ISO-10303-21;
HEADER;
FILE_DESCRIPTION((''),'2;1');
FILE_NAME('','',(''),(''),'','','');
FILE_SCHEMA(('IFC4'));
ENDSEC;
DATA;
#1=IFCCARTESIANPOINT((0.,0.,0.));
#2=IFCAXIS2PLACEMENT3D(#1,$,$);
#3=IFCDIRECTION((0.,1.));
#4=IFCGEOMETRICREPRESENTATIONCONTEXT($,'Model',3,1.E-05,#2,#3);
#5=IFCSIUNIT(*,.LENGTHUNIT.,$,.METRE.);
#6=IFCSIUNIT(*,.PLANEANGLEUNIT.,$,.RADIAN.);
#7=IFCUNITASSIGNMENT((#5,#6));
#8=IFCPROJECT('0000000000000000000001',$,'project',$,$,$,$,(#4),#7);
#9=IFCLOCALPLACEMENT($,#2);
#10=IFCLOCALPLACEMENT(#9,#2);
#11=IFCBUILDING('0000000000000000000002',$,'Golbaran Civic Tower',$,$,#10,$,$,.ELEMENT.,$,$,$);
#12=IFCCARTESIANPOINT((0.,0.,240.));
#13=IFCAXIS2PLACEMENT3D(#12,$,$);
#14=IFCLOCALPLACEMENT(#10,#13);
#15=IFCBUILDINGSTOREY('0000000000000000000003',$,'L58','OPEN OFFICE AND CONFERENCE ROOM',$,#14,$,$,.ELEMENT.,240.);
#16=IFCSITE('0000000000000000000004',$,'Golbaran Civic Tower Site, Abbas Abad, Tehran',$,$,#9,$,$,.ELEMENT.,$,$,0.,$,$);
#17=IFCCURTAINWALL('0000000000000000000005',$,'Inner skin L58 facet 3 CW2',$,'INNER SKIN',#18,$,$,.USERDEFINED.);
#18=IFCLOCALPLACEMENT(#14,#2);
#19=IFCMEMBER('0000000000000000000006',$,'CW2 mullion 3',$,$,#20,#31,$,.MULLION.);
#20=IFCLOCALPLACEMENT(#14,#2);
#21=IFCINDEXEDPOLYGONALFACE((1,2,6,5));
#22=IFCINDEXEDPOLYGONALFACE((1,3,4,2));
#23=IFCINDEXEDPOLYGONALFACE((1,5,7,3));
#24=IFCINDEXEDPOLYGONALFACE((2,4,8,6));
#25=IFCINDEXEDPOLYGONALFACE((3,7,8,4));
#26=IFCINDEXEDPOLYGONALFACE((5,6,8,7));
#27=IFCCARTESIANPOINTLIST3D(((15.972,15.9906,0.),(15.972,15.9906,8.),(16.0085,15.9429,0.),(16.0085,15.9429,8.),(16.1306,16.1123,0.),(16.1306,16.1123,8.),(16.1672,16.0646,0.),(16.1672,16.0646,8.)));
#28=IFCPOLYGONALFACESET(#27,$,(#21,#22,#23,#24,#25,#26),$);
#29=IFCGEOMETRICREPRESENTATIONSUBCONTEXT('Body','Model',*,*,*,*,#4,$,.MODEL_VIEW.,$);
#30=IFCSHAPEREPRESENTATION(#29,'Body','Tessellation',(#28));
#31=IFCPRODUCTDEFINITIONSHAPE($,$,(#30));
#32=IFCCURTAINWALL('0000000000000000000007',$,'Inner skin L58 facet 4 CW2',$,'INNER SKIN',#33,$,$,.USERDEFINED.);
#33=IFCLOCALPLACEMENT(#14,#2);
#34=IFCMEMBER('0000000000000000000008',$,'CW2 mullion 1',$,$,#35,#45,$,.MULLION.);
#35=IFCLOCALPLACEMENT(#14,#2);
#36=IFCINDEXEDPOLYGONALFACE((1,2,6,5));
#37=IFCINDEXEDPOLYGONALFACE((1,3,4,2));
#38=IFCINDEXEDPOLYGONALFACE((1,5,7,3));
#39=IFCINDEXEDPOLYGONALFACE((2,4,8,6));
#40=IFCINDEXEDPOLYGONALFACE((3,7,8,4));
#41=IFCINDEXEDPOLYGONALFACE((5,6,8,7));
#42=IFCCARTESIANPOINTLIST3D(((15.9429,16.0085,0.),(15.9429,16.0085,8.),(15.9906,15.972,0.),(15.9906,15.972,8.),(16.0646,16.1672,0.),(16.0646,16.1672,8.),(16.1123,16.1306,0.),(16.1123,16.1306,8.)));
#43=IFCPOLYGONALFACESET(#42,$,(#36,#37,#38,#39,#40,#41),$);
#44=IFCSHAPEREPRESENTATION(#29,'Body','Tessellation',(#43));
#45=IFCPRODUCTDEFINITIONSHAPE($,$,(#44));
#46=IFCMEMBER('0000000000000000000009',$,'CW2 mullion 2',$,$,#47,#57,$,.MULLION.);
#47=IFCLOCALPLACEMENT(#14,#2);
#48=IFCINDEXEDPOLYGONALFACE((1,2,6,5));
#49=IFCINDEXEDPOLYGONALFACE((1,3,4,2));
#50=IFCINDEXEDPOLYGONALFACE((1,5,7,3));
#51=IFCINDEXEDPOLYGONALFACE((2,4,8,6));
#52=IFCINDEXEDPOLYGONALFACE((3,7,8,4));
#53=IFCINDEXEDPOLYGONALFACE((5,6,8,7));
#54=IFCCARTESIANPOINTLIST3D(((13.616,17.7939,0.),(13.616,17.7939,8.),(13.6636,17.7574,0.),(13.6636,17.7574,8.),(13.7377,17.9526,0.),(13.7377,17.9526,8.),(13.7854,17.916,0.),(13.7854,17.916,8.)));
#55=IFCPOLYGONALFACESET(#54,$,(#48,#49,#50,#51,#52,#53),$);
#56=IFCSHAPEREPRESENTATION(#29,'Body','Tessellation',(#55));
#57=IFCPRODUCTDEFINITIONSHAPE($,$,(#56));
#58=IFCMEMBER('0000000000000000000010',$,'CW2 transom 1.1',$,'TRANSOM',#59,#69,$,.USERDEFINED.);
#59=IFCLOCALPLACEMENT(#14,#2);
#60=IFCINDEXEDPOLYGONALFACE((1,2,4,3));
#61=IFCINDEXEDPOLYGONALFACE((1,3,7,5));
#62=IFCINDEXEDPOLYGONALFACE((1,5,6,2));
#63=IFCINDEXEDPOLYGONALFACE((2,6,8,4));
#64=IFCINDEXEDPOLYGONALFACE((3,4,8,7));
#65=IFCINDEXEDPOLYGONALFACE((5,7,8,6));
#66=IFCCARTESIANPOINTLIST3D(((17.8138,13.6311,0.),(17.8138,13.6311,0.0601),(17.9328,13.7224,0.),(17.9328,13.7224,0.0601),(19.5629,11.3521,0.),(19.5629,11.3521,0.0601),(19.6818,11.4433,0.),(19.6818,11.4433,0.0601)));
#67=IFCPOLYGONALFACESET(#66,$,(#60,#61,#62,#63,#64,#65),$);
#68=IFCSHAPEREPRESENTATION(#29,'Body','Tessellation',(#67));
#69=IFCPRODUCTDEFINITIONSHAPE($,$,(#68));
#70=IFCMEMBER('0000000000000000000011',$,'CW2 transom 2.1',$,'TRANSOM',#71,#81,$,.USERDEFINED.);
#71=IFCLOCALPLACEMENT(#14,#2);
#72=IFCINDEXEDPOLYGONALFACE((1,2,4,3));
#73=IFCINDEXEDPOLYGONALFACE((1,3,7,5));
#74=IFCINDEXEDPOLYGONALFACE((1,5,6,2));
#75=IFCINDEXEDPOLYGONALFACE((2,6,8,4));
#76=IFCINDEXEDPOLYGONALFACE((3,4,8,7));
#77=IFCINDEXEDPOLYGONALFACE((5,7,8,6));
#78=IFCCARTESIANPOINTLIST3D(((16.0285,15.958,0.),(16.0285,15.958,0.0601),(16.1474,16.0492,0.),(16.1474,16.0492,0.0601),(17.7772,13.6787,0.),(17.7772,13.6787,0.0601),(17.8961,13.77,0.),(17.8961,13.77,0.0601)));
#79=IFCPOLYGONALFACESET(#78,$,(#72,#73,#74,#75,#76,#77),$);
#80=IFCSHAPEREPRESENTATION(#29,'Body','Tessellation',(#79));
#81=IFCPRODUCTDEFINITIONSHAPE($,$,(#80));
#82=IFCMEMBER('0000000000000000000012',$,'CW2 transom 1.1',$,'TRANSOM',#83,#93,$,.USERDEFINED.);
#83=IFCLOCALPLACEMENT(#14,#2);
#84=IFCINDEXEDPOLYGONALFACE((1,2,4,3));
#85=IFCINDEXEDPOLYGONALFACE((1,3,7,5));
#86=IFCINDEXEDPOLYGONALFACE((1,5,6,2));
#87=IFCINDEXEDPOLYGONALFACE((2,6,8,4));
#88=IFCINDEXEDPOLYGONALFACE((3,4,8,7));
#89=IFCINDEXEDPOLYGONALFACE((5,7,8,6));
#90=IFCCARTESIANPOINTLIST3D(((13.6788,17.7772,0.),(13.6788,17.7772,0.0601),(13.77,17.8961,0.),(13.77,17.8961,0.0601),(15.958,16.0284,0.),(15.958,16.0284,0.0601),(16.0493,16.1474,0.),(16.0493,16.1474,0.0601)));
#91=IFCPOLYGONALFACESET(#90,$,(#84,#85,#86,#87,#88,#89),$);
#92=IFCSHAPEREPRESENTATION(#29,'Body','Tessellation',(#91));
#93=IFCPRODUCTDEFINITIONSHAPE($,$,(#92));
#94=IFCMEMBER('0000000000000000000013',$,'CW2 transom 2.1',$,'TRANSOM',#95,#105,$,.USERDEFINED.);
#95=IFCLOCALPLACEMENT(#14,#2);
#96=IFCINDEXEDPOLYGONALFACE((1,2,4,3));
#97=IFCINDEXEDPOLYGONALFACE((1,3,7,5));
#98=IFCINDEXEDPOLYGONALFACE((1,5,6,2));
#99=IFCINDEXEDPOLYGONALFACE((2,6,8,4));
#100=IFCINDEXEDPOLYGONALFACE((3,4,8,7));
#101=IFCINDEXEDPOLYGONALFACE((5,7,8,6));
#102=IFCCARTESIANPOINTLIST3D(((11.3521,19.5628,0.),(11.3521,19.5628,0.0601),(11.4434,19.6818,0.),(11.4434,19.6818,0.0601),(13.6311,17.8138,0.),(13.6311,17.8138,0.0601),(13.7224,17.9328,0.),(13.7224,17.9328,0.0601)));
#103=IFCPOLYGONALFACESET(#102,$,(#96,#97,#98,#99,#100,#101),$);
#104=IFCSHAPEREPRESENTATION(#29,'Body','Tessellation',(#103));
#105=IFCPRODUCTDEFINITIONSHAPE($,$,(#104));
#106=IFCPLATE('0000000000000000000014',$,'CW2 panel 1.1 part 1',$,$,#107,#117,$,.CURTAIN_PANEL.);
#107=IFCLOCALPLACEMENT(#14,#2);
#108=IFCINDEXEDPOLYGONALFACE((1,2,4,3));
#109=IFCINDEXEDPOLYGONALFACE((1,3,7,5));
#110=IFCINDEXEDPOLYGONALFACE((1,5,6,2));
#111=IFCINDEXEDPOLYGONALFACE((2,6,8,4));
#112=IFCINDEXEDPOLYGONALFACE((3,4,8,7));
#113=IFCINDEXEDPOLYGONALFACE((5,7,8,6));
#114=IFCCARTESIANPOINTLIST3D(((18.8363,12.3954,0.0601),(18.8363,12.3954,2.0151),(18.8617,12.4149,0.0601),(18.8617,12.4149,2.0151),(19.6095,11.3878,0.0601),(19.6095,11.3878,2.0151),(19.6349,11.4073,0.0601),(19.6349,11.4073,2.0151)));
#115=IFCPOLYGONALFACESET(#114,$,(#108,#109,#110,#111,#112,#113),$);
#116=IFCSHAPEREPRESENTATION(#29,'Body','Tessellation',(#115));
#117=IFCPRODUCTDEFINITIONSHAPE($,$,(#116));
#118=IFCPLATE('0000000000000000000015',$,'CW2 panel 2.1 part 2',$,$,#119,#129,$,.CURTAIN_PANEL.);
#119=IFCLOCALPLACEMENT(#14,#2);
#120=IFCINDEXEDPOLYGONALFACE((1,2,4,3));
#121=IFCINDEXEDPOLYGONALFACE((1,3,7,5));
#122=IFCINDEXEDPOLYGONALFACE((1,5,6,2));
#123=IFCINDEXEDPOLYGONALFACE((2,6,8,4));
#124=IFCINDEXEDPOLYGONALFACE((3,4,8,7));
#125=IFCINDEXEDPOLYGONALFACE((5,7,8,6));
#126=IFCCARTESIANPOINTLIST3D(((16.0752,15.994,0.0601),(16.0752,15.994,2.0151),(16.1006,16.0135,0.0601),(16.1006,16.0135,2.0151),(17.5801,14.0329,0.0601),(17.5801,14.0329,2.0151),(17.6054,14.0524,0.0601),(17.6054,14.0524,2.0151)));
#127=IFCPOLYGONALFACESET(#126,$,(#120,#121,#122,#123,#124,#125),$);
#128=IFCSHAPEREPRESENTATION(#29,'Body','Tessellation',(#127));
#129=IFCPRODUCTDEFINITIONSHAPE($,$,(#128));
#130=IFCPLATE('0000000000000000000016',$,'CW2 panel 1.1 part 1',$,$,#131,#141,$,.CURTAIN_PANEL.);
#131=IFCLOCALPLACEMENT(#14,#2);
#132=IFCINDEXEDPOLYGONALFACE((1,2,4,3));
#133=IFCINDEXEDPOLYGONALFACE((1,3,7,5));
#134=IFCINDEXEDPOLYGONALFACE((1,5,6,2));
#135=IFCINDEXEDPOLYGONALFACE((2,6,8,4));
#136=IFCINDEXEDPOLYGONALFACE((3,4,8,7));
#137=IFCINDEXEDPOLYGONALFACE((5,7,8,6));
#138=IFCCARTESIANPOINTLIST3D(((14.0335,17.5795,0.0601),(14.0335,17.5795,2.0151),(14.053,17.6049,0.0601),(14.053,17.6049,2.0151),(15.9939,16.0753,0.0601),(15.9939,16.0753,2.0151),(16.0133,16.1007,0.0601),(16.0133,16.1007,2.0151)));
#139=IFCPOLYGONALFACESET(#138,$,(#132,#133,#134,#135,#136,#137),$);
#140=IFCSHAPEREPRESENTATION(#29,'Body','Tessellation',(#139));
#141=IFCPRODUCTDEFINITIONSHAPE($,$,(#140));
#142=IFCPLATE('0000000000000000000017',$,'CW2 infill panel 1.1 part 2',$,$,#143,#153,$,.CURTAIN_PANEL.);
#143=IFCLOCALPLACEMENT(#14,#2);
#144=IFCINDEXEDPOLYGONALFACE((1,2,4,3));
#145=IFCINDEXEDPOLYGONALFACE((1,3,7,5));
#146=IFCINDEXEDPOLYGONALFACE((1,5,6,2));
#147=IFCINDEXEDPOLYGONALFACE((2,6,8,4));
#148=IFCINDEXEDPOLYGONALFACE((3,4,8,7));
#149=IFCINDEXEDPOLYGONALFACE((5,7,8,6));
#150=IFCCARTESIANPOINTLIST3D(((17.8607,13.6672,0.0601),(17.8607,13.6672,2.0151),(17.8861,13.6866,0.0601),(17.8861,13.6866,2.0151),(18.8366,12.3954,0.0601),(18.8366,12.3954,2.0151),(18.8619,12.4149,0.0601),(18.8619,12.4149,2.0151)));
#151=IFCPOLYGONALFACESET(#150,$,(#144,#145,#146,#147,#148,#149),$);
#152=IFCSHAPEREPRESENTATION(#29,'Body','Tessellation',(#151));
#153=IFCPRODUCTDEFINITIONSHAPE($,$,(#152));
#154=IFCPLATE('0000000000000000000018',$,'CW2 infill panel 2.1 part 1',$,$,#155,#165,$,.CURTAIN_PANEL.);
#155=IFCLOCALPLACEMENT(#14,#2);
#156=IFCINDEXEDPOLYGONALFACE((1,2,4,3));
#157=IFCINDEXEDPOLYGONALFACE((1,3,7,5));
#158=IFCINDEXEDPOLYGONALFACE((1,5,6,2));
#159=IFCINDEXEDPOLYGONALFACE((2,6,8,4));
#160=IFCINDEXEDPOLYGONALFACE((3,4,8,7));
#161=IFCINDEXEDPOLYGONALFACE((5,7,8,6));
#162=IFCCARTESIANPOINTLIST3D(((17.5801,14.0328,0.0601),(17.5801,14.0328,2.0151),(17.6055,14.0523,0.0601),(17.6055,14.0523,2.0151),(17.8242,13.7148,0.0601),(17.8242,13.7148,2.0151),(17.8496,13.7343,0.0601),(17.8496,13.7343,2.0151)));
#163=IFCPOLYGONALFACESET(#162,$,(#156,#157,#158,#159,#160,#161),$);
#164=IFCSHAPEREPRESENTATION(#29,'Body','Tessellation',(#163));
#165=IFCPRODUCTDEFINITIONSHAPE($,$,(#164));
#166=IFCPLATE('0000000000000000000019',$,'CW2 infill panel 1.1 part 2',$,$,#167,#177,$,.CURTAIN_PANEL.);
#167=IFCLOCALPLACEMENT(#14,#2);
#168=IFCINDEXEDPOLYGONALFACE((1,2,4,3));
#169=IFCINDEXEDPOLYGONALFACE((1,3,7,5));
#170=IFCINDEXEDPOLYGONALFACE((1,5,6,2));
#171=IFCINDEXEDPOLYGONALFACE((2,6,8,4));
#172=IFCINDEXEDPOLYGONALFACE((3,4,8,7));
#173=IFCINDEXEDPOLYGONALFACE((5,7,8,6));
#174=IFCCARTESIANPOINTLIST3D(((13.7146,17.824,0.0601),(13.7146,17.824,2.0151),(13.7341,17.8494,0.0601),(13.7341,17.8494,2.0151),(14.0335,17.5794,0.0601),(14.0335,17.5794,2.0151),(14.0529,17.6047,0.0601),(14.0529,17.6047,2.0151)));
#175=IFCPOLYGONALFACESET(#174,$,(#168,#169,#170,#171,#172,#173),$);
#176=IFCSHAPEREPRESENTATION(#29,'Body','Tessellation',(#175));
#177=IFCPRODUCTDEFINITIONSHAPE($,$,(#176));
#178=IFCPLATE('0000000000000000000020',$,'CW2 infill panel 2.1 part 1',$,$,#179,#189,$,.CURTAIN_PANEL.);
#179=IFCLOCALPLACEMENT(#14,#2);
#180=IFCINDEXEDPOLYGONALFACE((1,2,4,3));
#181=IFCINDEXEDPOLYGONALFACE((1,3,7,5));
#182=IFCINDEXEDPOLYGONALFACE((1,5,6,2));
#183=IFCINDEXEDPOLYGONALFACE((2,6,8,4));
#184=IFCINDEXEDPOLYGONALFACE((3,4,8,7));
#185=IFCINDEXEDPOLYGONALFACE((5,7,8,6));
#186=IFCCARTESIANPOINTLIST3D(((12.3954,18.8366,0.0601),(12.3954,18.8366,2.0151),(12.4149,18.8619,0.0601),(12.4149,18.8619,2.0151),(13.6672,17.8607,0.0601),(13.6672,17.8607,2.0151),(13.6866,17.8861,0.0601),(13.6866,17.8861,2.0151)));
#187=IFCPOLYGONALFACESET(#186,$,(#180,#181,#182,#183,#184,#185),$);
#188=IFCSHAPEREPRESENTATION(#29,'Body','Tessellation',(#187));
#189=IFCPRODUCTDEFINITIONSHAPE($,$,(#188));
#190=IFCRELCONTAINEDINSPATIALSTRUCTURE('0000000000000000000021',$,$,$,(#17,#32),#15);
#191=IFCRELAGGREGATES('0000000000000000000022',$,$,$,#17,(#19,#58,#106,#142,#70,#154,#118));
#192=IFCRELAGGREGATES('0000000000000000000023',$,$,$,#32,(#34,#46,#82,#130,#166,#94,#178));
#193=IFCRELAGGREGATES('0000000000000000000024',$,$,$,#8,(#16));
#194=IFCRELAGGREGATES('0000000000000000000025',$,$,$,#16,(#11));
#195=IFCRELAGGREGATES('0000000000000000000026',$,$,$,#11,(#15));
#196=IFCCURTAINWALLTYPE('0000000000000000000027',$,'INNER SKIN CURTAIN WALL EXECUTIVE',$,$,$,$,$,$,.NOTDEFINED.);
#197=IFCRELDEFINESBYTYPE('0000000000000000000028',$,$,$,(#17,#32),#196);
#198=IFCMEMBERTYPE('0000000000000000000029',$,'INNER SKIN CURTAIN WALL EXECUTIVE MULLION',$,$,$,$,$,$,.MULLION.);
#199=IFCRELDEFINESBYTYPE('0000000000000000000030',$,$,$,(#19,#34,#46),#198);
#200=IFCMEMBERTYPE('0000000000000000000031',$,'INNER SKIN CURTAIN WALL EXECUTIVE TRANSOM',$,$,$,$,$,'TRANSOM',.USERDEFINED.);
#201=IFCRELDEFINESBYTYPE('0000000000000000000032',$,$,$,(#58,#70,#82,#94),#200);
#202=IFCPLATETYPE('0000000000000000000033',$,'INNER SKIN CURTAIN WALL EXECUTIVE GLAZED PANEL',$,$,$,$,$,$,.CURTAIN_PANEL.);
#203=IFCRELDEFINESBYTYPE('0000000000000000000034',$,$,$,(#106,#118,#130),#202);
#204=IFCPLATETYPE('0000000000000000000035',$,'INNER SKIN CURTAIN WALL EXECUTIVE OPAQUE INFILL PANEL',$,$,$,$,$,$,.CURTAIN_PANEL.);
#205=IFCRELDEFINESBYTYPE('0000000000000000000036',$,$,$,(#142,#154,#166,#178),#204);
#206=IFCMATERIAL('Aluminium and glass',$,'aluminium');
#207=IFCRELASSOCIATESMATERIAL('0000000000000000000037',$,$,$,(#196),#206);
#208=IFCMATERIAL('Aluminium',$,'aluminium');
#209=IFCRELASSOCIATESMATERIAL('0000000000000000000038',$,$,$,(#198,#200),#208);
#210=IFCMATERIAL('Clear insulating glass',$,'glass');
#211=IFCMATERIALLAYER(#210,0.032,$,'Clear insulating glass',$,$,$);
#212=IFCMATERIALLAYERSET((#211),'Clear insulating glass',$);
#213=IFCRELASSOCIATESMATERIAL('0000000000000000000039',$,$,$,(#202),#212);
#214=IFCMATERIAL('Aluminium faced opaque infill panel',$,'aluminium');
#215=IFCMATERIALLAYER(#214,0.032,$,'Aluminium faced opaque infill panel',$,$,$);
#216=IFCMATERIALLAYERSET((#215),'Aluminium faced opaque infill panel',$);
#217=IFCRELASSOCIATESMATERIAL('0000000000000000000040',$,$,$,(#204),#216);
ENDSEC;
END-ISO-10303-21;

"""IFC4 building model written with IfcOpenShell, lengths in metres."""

from ifc_helpers import new_model, si_unit, direction, frame, origin, origin_2d, place, context, subcontext, project, spatial, rectangle, extrude, material, layer, layer_set, material_profile, profile_set, type_object, element, aggregate, save


model = new_model("IFC4")

# Units and contexts
model_context = context("Model", 3, precision=1e-05, world=origin(), true_north=direction((0.0, 1.0)))
body_context = subcontext(model_context, "Body", "Model", "MODEL_VIEW")
ifc_project = project(units=[si_unit("LENGTHUNIT", "METRE"), si_unit("PLANEANGLEUNIT", "RADIAN")], contexts=[model_context])

# Site, building, storey
site_placement = place(None, origin())
site = spatial("IfcSite", under=ifc_project, at=site_placement, Name="Golbaran Civic Tower Site, Abbas Abad, Tehran", CompositionType="ELEMENT", RefElevation=0.0)
building_placement = place(site_placement, origin())
building = spatial("IfcBuilding", under=site, at=building_placement, Name="Golbaran Civic Tower", CompositionType="ELEMENT")
storey_placement = place(building_placement, frame((0.0, 0.0, 240.0)))
storey = spatial("IfcBuildingStorey", under=building, at=storey_placement, Name="L58", Description="OPEN OFFICE AND CONFERENCE ROOM", CompositionType="ELEMENT", Elevation=240.0)

# Shared definitions
ifc_material_1 = material(Name="Aluminium and glass", Category="aluminium")
curtain_wall_type = type_object("IfcCurtainWallType", Name="INNER SKIN CURTAIN WALL EXECUTIVE", PredefinedType="NOTDEFINED", material=ifc_material_1)
ifc_material_2 = material(Name="Aluminium", Category="aluminium")
ifc_material_profile_1 = material_profile(ifc_material_2, rectangle(XDim=0.2, YDim=0.0601, at=origin_2d()), Name="INNER SKIN CURTAIN WALL EXECUTIVE MULLION")
ifc_profile_set_1 = profile_set([ifc_material_profile_1], Name="Aluminium")
member_type_1 = type_object("IfcMemberType", Name="INNER SKIN CURTAIN WALL EXECUTIVE MULLION", PredefinedType="MULLION", material=ifc_profile_set_1)

# Curtain walls, members
curtain_wall_1_placement = place(storey_placement, origin())
curtain_wall_1 = element("IfcCurtainWall", 1, at=curtain_wall_1_placement, inside=storey, type_object=curtain_wall_type, Name="Inner skin L58 facet 3 CW2", ObjectType="INNER SKIN", PredefinedType="USERDEFINED")
member_1_placement = place(storey_placement, frame((16.0696, 16.0276, 0.0), z_axis=(0.0, 0.0, 1.0), x_axis=(-0.793353, -0.608761, 0.0)))
member_1 = element("IfcMember", 2, at=member_1_placement, type_object=member_type_1, Name="CW2 mullion 3", PredefinedType="MULLION", context=body_context, shape_type="SweptSolid", body=[
    extrude(rectangle(XDim=0.2, YDim=0.0601, at=origin_2d()), origin(), (0.0, 0.0, 1.0), 8.0),
])
curtain_wall_2_placement = place(storey_placement, origin())
curtain_wall_2 = element("IfcCurtainWall", 3, at=curtain_wall_2_placement, inside=storey, type_object=curtain_wall_type, Name="Inner skin L58 facet 4 CW2", ObjectType="INNER SKIN", PredefinedType="USERDEFINED")
member_2_placement = place(storey_placement, frame((16.0276, 16.0696, 0.0), z_axis=(0.0, 0.0, 1.0), x_axis=(-0.608761, -0.793353, 0.0)))
member_2 = element("IfcMember", 4, at=member_2_placement, type_object=member_type_1, Name="CW2 mullion 1", PredefinedType="MULLION", context=body_context, shape_type="SweptSolid", body=[
    extrude(rectangle(XDim=0.2, YDim=0.0601, at=origin_2d()), origin(), (0.0, 0.0, 1.0), 8.0),
])
member_3_placement = place(storey_placement, frame((13.7007, 17.855, 0.0), z_axis=(0.0, 0.0, 1.0), x_axis=(-0.608761, -0.793353, 0.0)))
member_3 = element("IfcMember", 5, at=member_3_placement, type_object=member_type_1, Name="CW2 mullion 2", PredefinedType="MULLION", context=body_context, shape_type="SweptSolid", body=[
    extrude(rectangle(XDim=0.2, YDim=0.0601, at=origin_2d()), origin(), (0.0, 0.0, 1.0), 8.0),
])

# Members
ifc_material_profile_2 = material_profile(ifc_material_2, rectangle(XDim=0.1499, YDim=0.0601, at=origin_2d()), Name="INNER SKIN CURTAIN WALL EXECUTIVE TRANSOM")
ifc_profile_set_2 = profile_set([ifc_material_profile_2], Name="Aluminium")
member_type_2 = type_object("IfcMemberType", Name="INNER SKIN CURTAIN WALL EXECUTIVE TRANSOM", ElementType="TRANSOM", PredefinedType="USERDEFINED", material=ifc_profile_set_2)
member_4_placement = place(storey_placement, frame((19.6223, 11.3977, 0.03), z_axis=(-0.608815, 0.793312, 0.0), x_axis=(-0.793312, -0.608815, 0.0)))
member_4 = element("IfcMember", 6, at=member_4_placement, type_object=member_type_2, Name="CW2 transom 1.1", ObjectType="TRANSOM", PredefinedType="USERDEFINED", context=body_context, shape_type="SweptSolid", body=[
    extrude(rectangle(XDim=0.1499, YDim=0.0601, at=origin_2d()), origin(), (0.0, 0.0, 1.0), 2.8728),
])
member_5_placement = place(storey_placement, frame((17.8367, 13.7244, 0.03), z_axis=(-0.608721, 0.793385, 0.0), x_axis=(-0.793385, -0.608721, 0.0)))
member_5 = element("IfcMember", 7, at=member_5_placement, type_object=member_type_2, Name="CW2 transom 2.1", ObjectType="TRANSOM", PredefinedType="USERDEFINED", context=body_context, shape_type="SweptSolid", body=[
    extrude(rectangle(XDim=0.1499, YDim=0.0601, at=origin_2d()), origin(), (0.0, 0.0, 1.0), 2.8728),
])
member_6_placement = place(storey_placement, frame((16.0037, 16.0879, 0.03), z_axis=(-0.793385, 0.608721, 0.0), x_axis=(-0.608721, -0.793385, 0.0)))
member_6 = element("IfcMember", 8, at=member_6_placement, type_object=member_type_2, Name="CW2 transom 1.1", ObjectType="TRANSOM", PredefinedType="USERDEFINED", context=body_context, shape_type="SweptSolid", body=[
    extrude(rectangle(XDim=0.1499, YDim=0.0601, at=origin_2d()), origin(), (0.0, 0.0, 1.0), 2.8728),
])
member_7_placement = place(storey_placement, frame((13.6768, 17.8733, 0.03), z_axis=(-0.793312, 0.608815, 0.0), x_axis=(-0.608815, -0.793312, 0.0)))
member_7 = element("IfcMember", 9, at=member_7_placement, type_object=member_type_2, Name="CW2 transom 2.1", ObjectType="TRANSOM", PredefinedType="USERDEFINED", context=body_context, shape_type="SweptSolid", body=[
    extrude(rectangle(XDim=0.1499, YDim=0.0601, at=origin_2d()), origin(), (0.0, 0.0, 1.0), 2.8728),
])

# Plates
ifc_material_3 = material(Name="Clear insulating glass", Category="glass")
ifc_layer_1 = layer(ifc_material_3, 0.032, Name="Clear insulating glass")
ifc_layer_set_1 = layer_set([ifc_layer_1], Name="Clear insulating glass")
plate_type_1 = type_object("IfcPlateType", Name="INNER SKIN CURTAIN WALL EXECUTIVE GLAZED PANEL", PredefinedType="CURTAIN_PANEL", material=ifc_layer_set_1)
plate_1_placement = place(storey_placement, frame((19.2356, 11.9014, 0.0601), z_axis=(0.0, 0.0, 1.0), x_axis=(-0.608761, 0.793353, 0.0)))
plate_1 = element("IfcPlate", 10, at=plate_1_placement, type_object=plate_type_1, Name="CW2 panel 1.1 part 1", PredefinedType="CURTAIN_PANEL", context=body_context, shape_type="SweptSolid", body=[
    extrude(rectangle(XDim=1.27, YDim=0.032, at=origin_2d()), origin(), (0.0, 0.0, 1.0), 1.9551),
])
plate_2_placement = place(storey_placement, frame((16.8403, 15.0232, 0.0601), z_axis=(0.0, 0.0, 1.0), x_axis=(-0.608761, 0.793353, 0.0)))
plate_2 = element("IfcPlate", 11, at=plate_2_placement, type_object=plate_type_1, Name="CW2 panel 2.1 part 2", PredefinedType="CURTAIN_PANEL", context=body_context, shape_type="SweptSolid", body=[
    extrude(rectangle(XDim=2.4719, YDim=0.032, at=origin_2d()), origin(), (0.0, 0.0, 1.0), 1.9551),
])
plate_3_placement = place(storey_placement, frame((15.0234, 16.8401, 0.0601), z_axis=(0.0, 0.0, 1.0), x_axis=(-0.793353, 0.608761, 0.0)))
plate_3 = element("IfcPlate", 12, at=plate_3_placement, type_object=plate_type_1, Name="CW2 panel 1.1 part 1", PredefinedType="CURTAIN_PANEL", context=body_context, shape_type="SweptSolid", body=[
    extrude(rectangle(XDim=2.4709, YDim=0.032, at=origin_2d()), origin(), (0.0, 0.0, 1.0), 1.9551),
])
ifc_material_4 = material(Name="Aluminium faced opaque infill panel", Category="aluminium")
ifc_layer_2 = layer(ifc_material_4, 0.032, Name="Aluminium faced opaque infill panel")
ifc_layer_set_2 = layer_set([ifc_layer_2], Name="Aluminium faced opaque infill panel")
plate_type_2 = type_object("IfcPlateType", Name="INNER SKIN CURTAIN WALL EXECUTIVE OPAQUE INFILL PANEL", PredefinedType="CURTAIN_PANEL", material=ifc_layer_set_2)
plate_4_placement = place(storey_placement, frame((18.3613, 13.041, 0.0601), z_axis=(0.0, 0.0, 1.0), x_axis=(-0.608761, 0.793353, 0.0)))
plate_4 = element("IfcPlate", 13, at=plate_4_placement, type_object=plate_type_2, Name="CW2 infill panel 1.1 part 2", PredefinedType="CURTAIN_PANEL", context=body_context, shape_type="SweptSolid", body=[
    extrude(rectangle(XDim=1.603, YDim=0.032, at=origin_2d()), origin(), (0.0, 0.0, 1.0), 1.9551),
])
plate_5_placement = place(storey_placement, frame((17.7148, 13.8835, 0.0601), z_axis=(0.0, 0.0, 1.0), x_axis=(-0.608761, 0.793353, 0.0)))
plate_5 = element("IfcPlate", 14, at=plate_5_placement, type_object=plate_type_2, Name="CW2 infill panel 2.1 part 1", PredefinedType="CURTAIN_PANEL", context=body_context, shape_type="SweptSolid", body=[
    extrude(rectangle(XDim=0.4009, YDim=0.032, at=origin_2d()), origin(), (0.0, 0.0, 1.0), 1.9551),
])
aggregate(curtain_wall_1, [member_1, member_4, plate_1, plate_4, member_5, plate_5, plate_2])
plate_6_placement = place(storey_placement, frame((13.8838, 17.7144, 0.0601), z_axis=(0.0, 0.0, 1.0), x_axis=(-0.793353, 0.608761, 0.0)))
plate_6 = element("IfcPlate", 15, at=plate_6_placement, type_object=plate_type_2, Name="CW2 infill panel 1.1 part 2", PredefinedType="CURTAIN_PANEL", context=body_context, shape_type="SweptSolid", body=[
    extrude(rectangle(XDim=0.4019, YDim=0.032, at=origin_2d()), origin(), (0.0, 0.0, 1.0), 1.9551),
])
plate_7_placement = place(storey_placement, frame((13.041, 18.3613, 0.0601), z_axis=(0.0, 0.0, 1.0), x_axis=(-0.793353, 0.608761, 0.0)))
plate_7 = element("IfcPlate", 16, at=plate_7_placement, type_object=plate_type_2, Name="CW2 infill panel 2.1 part 1", PredefinedType="CURTAIN_PANEL", context=body_context, shape_type="SweptSolid", body=[
    extrude(rectangle(XDim=1.603, YDim=0.032, at=origin_2d()), origin(), (0.0, 0.0, 1.0), 1.9551),
])
aggregate(curtain_wall_2, [member_2, member_3, member_6, plate_3, plate_6, member_7, plate_7])

save(model, "model.ifc")
